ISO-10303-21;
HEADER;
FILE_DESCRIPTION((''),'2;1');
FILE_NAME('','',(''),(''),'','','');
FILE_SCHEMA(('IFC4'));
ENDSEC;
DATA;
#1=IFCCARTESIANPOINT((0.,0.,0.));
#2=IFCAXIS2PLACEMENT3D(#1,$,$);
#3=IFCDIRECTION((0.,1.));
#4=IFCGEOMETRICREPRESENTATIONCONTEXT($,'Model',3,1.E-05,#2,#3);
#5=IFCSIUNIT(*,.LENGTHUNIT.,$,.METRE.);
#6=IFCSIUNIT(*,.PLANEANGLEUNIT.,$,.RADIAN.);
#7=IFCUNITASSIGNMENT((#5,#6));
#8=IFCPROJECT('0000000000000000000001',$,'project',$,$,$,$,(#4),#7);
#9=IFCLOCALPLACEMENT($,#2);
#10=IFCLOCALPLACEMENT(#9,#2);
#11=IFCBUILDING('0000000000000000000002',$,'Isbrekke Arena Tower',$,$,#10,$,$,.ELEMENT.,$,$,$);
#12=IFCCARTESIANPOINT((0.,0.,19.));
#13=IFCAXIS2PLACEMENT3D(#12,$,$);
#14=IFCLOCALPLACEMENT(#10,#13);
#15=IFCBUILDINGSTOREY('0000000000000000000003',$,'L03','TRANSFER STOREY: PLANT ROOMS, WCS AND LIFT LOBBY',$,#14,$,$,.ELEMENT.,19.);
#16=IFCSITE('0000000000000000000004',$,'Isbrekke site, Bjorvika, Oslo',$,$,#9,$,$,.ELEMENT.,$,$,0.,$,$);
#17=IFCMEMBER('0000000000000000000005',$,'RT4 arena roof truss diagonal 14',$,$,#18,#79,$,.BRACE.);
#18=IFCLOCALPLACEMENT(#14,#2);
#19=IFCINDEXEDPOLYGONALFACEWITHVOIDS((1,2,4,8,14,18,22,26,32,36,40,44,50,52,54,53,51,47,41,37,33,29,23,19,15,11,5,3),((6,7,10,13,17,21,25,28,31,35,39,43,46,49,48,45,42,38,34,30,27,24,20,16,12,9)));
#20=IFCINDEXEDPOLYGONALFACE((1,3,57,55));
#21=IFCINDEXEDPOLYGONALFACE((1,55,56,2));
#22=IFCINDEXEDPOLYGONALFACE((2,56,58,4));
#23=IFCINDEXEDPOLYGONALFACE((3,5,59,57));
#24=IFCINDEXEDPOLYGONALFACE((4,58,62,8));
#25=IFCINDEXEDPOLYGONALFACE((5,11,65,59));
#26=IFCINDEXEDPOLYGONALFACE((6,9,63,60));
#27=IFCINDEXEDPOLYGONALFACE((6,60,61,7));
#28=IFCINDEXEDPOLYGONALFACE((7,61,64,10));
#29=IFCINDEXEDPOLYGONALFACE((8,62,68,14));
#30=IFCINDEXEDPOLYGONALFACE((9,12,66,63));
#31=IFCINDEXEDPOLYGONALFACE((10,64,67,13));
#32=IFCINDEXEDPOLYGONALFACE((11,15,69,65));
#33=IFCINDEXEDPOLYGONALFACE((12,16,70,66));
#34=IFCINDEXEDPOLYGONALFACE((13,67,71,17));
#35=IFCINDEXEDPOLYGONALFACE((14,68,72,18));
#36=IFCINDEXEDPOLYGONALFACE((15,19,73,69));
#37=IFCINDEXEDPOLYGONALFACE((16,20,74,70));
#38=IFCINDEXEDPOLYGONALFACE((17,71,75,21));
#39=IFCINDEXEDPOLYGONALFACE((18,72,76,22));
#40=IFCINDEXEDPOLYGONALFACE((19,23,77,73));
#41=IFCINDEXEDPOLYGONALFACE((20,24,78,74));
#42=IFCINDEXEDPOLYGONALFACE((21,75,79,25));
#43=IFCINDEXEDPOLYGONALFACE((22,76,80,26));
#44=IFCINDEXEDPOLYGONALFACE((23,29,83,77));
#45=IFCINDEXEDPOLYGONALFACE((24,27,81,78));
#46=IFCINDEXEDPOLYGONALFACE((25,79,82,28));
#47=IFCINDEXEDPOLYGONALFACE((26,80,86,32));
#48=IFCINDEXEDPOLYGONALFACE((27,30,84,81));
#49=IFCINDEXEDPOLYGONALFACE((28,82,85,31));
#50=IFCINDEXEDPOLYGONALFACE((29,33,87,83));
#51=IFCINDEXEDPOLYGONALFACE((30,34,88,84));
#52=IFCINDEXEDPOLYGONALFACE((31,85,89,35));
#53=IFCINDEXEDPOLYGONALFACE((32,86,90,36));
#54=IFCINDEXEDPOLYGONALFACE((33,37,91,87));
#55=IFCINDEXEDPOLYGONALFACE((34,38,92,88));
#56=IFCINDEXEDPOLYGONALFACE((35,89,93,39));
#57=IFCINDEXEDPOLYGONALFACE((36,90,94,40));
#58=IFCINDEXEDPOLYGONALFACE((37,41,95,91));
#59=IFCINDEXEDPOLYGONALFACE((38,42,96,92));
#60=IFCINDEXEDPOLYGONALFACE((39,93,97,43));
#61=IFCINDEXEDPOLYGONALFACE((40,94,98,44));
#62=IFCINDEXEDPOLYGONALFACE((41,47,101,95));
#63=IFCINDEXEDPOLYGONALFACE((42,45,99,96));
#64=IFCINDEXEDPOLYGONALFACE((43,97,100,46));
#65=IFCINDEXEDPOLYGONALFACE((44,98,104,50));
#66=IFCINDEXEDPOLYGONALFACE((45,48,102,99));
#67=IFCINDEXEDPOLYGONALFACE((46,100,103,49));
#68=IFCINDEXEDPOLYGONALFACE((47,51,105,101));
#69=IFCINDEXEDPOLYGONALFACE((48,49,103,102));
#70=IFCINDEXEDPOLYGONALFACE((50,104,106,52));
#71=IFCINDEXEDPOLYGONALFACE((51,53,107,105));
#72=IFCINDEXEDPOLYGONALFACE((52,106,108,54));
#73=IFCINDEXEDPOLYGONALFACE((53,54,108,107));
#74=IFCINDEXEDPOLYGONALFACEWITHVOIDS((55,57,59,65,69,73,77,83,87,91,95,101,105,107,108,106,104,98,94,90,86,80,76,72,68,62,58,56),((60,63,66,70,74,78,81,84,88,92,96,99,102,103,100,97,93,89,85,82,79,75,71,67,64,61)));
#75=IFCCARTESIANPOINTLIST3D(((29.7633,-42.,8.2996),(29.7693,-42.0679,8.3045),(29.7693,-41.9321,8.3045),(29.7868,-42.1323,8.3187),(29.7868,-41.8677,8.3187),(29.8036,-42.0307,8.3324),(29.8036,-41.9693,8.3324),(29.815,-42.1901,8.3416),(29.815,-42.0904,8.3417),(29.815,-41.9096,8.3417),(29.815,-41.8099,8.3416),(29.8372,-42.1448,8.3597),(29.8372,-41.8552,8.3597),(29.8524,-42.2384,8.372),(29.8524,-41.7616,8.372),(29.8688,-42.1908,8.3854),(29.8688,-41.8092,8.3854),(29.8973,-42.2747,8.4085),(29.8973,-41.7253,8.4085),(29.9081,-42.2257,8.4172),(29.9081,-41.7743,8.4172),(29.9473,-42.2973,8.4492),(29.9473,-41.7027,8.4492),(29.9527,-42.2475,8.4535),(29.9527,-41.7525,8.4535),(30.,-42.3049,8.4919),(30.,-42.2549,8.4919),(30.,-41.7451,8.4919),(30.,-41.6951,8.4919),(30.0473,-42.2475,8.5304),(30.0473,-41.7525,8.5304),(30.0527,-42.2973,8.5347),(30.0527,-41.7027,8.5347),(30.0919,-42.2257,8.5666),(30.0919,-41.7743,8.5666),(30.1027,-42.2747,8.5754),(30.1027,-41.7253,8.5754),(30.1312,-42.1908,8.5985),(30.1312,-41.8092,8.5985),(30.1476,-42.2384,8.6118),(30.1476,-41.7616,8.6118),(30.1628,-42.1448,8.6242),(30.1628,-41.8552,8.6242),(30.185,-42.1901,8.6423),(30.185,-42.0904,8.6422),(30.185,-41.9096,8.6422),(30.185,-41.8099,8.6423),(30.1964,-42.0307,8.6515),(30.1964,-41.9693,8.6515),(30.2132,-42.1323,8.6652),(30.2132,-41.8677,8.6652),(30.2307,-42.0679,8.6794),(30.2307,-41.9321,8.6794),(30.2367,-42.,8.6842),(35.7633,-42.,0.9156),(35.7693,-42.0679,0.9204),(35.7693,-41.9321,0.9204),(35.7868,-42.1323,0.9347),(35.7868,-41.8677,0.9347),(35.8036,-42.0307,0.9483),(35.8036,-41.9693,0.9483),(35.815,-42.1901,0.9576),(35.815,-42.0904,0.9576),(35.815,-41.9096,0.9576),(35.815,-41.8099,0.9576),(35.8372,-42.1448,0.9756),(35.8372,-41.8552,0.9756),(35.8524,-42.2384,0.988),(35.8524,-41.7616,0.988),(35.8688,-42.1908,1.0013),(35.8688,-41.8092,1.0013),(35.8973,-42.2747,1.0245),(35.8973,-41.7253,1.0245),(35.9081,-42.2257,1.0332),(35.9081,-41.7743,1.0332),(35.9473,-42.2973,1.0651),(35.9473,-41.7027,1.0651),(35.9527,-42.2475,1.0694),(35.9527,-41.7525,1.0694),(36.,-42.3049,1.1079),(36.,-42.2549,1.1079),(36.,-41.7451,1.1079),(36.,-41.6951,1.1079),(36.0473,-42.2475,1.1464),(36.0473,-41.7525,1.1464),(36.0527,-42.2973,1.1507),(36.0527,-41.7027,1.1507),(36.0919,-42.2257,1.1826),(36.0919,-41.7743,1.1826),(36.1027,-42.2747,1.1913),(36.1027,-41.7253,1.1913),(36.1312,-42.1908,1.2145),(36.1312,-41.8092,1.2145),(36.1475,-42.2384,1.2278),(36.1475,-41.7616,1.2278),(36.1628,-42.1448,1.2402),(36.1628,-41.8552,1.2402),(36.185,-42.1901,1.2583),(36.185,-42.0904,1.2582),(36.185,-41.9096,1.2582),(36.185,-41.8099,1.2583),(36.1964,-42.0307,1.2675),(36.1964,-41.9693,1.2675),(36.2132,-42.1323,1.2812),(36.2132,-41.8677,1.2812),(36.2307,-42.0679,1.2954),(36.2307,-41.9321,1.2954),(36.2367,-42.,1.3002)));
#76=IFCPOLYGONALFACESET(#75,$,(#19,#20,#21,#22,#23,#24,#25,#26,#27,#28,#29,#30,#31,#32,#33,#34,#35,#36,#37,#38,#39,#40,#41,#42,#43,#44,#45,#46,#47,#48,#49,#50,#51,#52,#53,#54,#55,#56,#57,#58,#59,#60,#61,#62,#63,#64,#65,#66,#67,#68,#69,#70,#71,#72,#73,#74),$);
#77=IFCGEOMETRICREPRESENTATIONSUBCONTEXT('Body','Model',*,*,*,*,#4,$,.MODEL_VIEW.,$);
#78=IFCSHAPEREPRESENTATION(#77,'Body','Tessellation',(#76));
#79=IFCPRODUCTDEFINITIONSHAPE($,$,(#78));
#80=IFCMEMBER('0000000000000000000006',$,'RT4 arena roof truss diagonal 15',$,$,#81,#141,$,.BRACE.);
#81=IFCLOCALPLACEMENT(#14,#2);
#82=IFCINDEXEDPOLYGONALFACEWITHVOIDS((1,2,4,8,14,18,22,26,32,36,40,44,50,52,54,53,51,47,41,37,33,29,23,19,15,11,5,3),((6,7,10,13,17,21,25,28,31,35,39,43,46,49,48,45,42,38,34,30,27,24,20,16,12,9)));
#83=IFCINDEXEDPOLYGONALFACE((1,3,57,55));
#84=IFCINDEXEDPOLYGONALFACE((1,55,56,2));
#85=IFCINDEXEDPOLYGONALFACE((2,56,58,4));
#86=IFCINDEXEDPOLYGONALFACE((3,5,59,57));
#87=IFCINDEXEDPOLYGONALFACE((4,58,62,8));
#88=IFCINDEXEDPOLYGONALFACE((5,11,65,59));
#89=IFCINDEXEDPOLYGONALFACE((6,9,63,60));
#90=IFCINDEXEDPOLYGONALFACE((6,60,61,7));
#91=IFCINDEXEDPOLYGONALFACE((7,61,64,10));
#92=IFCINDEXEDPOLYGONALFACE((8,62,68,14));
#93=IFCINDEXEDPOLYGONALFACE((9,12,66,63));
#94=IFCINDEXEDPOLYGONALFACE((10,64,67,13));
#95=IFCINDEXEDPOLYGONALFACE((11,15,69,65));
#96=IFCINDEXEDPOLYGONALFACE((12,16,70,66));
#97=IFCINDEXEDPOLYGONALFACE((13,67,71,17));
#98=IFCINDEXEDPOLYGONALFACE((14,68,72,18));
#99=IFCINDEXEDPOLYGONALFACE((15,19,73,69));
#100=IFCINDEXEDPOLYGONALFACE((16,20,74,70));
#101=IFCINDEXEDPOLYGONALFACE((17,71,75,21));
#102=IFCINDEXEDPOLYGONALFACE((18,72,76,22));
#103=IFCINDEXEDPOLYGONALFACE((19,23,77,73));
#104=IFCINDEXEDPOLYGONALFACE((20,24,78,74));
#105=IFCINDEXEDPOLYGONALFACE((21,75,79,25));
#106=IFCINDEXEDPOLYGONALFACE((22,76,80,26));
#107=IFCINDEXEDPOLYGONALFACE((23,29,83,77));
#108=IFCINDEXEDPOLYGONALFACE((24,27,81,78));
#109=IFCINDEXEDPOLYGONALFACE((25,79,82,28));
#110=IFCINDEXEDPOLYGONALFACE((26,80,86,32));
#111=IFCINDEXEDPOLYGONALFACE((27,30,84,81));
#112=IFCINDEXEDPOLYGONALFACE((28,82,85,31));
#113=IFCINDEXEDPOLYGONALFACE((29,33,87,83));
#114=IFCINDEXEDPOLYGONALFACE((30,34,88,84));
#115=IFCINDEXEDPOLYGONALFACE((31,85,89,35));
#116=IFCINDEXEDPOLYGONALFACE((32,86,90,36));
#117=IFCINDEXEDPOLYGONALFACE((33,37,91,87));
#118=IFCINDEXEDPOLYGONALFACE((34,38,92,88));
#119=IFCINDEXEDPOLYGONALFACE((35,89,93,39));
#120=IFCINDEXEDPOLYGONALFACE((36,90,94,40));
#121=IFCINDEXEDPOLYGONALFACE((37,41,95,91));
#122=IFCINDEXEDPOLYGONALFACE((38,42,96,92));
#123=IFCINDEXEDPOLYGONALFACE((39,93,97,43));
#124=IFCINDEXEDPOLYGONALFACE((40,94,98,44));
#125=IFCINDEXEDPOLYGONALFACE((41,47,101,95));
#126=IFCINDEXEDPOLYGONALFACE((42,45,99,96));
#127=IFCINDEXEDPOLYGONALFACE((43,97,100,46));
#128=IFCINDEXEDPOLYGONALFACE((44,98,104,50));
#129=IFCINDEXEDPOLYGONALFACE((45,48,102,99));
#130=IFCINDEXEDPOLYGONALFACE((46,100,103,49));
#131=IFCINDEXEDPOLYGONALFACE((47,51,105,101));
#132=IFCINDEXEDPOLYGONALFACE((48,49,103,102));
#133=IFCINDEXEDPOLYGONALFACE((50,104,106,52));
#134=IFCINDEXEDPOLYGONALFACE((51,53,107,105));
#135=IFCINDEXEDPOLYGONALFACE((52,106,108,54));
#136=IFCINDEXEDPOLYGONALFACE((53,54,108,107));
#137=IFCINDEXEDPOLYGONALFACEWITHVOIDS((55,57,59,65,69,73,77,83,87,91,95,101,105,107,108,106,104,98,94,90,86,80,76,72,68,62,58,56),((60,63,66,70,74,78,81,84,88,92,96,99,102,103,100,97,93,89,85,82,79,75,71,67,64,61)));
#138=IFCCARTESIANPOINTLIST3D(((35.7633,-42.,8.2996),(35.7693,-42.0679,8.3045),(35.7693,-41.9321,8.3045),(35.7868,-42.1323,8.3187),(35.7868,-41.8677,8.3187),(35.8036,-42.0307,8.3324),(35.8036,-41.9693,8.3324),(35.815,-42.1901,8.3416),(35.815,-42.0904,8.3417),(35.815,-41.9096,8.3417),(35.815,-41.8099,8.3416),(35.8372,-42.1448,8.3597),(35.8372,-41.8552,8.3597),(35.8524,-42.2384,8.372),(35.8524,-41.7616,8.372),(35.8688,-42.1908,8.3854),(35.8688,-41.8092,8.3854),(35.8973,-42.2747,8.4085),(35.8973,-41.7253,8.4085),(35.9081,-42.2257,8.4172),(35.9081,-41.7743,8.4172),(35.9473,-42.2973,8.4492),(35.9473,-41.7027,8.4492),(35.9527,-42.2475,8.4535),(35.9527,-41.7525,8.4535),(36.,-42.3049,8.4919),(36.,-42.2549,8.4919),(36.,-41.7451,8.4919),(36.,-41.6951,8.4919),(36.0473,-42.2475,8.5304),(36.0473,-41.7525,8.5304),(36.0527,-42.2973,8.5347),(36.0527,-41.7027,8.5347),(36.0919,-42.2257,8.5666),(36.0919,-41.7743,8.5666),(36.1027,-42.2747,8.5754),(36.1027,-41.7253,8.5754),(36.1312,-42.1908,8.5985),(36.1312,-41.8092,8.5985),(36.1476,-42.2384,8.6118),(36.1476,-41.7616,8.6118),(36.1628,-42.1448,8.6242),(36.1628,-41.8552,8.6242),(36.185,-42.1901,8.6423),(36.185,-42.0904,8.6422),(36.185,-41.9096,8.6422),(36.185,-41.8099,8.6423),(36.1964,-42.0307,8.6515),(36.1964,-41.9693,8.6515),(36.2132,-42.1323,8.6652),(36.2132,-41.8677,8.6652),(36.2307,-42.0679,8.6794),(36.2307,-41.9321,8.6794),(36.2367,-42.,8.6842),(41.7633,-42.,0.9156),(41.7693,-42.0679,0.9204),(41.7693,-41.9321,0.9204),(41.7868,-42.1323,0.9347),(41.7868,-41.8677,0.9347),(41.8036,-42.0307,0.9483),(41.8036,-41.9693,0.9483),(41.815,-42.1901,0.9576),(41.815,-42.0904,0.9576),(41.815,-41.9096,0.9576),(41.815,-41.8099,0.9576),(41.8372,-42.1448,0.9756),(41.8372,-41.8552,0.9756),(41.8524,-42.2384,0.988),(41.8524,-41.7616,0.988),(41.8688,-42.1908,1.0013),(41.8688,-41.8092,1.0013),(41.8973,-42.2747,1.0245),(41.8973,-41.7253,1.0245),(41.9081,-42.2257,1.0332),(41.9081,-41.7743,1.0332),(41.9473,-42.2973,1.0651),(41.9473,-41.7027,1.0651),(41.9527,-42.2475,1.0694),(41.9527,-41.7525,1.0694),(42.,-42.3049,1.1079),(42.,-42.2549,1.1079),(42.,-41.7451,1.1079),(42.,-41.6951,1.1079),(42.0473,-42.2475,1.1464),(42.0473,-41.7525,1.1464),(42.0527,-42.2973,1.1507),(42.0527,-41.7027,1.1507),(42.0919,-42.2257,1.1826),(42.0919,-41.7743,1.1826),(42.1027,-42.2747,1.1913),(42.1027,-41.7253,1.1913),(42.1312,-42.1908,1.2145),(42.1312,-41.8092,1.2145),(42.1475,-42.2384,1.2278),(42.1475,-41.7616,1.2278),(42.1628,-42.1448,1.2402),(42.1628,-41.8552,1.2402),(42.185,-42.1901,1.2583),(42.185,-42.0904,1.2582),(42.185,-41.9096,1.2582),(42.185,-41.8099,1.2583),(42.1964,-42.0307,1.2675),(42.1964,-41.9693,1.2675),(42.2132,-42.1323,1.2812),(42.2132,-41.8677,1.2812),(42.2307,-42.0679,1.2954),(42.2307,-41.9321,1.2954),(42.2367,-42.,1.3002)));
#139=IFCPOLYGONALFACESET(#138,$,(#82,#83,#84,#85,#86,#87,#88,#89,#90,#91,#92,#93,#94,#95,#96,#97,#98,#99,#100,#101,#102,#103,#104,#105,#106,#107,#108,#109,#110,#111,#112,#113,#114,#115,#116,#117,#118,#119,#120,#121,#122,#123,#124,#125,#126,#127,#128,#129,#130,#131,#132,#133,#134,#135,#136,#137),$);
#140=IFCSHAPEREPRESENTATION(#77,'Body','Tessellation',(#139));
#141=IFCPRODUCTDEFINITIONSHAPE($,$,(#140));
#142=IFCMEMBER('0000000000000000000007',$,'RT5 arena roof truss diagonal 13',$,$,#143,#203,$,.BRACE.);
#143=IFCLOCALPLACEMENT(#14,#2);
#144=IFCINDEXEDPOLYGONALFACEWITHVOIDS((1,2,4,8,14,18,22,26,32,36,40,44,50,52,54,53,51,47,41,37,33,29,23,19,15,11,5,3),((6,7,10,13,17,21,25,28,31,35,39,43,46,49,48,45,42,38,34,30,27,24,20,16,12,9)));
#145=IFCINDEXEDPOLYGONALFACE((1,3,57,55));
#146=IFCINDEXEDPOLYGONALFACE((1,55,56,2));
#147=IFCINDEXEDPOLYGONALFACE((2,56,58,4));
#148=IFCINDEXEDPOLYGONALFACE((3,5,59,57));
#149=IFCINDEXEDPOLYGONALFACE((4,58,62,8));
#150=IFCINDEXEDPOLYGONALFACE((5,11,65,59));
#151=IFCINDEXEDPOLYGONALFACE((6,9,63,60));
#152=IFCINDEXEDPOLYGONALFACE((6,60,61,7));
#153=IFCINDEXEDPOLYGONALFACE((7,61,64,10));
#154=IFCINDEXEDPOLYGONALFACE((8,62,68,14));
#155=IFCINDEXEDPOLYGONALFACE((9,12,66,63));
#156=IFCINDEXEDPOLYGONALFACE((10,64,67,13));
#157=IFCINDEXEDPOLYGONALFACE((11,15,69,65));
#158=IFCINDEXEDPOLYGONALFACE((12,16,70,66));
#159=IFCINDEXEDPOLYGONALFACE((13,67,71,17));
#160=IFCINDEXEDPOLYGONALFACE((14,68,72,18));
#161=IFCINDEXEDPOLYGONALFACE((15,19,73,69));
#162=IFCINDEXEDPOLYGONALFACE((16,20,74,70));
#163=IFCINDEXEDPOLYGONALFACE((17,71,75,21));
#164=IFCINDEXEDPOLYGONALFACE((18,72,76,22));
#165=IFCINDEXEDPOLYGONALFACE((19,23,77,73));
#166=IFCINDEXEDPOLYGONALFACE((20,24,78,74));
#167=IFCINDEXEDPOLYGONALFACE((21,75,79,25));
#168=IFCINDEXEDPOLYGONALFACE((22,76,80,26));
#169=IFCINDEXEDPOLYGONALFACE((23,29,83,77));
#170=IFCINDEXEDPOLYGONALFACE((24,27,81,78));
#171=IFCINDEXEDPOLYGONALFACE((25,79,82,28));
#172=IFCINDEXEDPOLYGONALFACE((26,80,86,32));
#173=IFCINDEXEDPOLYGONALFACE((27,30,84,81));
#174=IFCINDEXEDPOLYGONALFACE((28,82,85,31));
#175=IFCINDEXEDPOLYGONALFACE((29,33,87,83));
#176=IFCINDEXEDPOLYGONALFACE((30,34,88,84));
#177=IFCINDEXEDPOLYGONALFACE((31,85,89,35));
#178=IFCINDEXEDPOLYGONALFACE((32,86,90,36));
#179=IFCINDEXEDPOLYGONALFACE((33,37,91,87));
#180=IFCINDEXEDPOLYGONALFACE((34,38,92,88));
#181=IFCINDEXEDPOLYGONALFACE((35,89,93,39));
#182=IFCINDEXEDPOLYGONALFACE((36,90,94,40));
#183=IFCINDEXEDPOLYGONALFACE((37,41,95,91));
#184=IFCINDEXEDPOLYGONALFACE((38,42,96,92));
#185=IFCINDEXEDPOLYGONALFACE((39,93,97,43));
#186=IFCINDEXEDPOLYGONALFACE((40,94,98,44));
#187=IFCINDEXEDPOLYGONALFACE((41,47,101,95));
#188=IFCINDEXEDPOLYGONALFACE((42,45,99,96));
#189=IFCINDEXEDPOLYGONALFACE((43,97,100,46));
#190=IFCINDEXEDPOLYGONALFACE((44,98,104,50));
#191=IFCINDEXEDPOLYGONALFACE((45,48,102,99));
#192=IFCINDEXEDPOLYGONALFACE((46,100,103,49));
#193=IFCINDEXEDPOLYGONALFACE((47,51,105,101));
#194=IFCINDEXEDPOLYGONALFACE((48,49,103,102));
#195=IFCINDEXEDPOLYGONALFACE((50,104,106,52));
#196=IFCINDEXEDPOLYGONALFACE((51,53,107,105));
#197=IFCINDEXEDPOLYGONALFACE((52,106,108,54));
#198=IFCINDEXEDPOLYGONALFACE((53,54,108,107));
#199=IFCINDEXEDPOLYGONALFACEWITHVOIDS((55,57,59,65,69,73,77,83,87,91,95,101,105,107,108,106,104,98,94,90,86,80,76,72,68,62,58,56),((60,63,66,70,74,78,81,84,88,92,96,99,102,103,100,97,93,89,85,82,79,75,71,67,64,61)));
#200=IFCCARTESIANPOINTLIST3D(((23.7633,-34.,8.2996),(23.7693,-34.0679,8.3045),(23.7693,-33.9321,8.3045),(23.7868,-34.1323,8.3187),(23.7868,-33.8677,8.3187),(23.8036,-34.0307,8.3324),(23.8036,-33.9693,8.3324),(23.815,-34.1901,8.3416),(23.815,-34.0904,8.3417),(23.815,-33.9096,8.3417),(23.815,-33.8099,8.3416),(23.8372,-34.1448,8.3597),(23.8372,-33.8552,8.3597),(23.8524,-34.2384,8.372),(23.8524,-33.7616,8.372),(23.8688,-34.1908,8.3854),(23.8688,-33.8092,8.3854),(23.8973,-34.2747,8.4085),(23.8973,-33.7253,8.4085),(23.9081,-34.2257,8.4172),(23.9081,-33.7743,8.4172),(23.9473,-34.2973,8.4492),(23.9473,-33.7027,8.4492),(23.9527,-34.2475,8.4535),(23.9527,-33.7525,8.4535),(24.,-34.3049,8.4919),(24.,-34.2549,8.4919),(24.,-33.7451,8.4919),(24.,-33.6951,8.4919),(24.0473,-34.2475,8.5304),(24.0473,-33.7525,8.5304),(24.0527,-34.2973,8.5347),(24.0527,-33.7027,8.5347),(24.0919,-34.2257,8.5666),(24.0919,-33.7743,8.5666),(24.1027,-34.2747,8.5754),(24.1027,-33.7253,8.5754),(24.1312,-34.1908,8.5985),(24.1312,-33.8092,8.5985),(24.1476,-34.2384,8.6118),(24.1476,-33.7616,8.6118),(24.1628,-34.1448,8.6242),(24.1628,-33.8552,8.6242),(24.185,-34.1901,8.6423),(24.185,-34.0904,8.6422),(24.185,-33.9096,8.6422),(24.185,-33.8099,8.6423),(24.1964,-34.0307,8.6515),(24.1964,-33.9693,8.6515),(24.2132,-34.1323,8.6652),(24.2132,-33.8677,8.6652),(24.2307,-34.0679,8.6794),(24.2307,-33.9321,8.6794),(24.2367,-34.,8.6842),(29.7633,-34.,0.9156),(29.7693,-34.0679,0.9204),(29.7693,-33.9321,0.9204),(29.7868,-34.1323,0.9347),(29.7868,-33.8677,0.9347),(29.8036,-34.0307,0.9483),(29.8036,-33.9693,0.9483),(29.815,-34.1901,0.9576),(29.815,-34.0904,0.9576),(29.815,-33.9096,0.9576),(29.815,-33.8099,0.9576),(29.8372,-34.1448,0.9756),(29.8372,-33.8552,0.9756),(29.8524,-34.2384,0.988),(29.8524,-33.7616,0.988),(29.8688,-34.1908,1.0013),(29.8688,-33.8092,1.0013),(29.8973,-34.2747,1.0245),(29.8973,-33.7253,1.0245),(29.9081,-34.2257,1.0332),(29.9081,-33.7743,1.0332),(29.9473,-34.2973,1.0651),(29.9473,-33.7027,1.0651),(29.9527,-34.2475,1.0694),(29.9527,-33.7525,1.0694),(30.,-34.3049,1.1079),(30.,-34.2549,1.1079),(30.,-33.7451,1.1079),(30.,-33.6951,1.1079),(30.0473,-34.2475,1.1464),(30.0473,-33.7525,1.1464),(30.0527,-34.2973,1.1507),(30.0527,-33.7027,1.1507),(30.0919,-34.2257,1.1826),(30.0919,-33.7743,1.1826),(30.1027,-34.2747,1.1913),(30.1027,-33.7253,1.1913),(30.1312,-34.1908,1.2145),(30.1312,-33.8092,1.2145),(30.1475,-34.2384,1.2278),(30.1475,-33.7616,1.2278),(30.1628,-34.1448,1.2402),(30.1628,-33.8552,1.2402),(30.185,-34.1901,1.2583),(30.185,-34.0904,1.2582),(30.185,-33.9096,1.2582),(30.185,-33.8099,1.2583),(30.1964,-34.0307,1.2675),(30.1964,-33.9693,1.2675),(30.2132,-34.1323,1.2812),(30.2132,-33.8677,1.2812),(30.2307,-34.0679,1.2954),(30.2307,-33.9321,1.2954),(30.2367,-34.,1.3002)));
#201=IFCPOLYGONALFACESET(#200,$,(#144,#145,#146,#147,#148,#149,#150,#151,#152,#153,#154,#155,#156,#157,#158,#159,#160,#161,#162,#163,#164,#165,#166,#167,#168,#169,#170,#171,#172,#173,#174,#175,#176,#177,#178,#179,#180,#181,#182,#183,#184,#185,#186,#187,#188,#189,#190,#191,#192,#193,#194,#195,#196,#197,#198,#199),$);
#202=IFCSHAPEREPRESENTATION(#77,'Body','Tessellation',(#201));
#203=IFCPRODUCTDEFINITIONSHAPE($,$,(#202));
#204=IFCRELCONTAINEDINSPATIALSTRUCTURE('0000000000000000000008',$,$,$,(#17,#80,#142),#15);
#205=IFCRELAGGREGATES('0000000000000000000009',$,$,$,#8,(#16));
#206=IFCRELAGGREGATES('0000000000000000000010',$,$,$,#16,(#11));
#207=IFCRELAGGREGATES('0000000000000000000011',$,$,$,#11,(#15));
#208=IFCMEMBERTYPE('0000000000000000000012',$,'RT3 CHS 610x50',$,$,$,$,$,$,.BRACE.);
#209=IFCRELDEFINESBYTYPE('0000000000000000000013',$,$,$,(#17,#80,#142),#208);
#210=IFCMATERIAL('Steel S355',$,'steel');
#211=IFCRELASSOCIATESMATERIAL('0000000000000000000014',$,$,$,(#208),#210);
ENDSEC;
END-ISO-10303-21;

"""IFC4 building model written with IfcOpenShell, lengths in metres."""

from ifc_helpers import new_model, si_unit, direction, frame, origin, origin_2d, place, context, subcontext, project, spatial, hollow_circle, extrude, material, material_profile, profile_set, type_object, element, save


model = new_model("IFC4")

# Units and contexts
model_context = context("Model", 3, precision=1e-05, world=origin(), true_north=direction((0.0, 1.0)))
body_context = subcontext(model_context, "Body", "Model", "MODEL_VIEW")
ifc_project = project(units=[si_unit("LENGTHUNIT", "METRE"), si_unit("PLANEANGLEUNIT", "RADIAN")], contexts=[model_context])

# Site, building, storey
site_placement = place(None, origin())
site = spatial("IfcSite", under=ifc_project, at=site_placement, Name="Isbrekke site, Bjorvika, Oslo", CompositionType="ELEMENT", RefElevation=0.0)
building_placement = place(site_placement, origin())
building = spatial("IfcBuilding", under=site, at=building_placement, Name="Isbrekke Arena Tower", CompositionType="ELEMENT")
storey_placement = place(building_placement, frame((0.0, 0.0, 19.0)))
storey = spatial("IfcBuildingStorey", under=building, at=storey_placement, Name="L03", Description="TRANSFER STOREY: PLANT ROOMS, WCS AND LIFT LOBBY", CompositionType="ELEMENT", Elevation=19.0)

# Members
ifc_material_1 = material(Name="Steel S355", Category="steel")
ifc_material_profile_1 = material_profile(ifc_material_1, hollow_circle(Radius=0.3049, WallThickness=0.05, at=origin_2d()), Name="CHS 610x50")
ifc_profile_set_1 = profile_set([ifc_material_profile_1], Name="Steel S355")
member_type_1 = type_object("IfcMemberType", Name="RT3 CHS 610x50", PredefinedType="BRACE", material=ifc_profile_set_1)
for number, where, z_axis, x_axis, name in (
    (1, (30.0, -42.0, 8.4919), (0.630623, 0.0, -0.77609), (0.0, 1.0, 0.0), "RT4 arena roof truss diagonal 14"),
    (2, (36.0, -42.0, 8.4919), (0.630623, 0.0, -0.77609), (0.0, 1.0, 0.0), "RT4 arena roof truss diagonal 15"),
    (3, (24.0, -34.0, 8.4919), (0.630623, 0.0, -0.77609), (0.0, 1.0, 0.0), "RT5 arena roof truss diagonal 13"),
):
    element("IfcMember", number, at=place(storey_placement, frame(where, z_axis=z_axis, x_axis=x_axis)), inside=storey, type_object=member_type_1, Name=name, PredefinedType="BRACE", context=body_context, shape_type="SweptSolid", body=[
        extrude(hollow_circle(Radius=0.3049, WallThickness=0.05, at=origin_2d()), origin(), (0.0, 0.0, 1.0), 9.5144),
    ])

save(model, "model.ifc")
